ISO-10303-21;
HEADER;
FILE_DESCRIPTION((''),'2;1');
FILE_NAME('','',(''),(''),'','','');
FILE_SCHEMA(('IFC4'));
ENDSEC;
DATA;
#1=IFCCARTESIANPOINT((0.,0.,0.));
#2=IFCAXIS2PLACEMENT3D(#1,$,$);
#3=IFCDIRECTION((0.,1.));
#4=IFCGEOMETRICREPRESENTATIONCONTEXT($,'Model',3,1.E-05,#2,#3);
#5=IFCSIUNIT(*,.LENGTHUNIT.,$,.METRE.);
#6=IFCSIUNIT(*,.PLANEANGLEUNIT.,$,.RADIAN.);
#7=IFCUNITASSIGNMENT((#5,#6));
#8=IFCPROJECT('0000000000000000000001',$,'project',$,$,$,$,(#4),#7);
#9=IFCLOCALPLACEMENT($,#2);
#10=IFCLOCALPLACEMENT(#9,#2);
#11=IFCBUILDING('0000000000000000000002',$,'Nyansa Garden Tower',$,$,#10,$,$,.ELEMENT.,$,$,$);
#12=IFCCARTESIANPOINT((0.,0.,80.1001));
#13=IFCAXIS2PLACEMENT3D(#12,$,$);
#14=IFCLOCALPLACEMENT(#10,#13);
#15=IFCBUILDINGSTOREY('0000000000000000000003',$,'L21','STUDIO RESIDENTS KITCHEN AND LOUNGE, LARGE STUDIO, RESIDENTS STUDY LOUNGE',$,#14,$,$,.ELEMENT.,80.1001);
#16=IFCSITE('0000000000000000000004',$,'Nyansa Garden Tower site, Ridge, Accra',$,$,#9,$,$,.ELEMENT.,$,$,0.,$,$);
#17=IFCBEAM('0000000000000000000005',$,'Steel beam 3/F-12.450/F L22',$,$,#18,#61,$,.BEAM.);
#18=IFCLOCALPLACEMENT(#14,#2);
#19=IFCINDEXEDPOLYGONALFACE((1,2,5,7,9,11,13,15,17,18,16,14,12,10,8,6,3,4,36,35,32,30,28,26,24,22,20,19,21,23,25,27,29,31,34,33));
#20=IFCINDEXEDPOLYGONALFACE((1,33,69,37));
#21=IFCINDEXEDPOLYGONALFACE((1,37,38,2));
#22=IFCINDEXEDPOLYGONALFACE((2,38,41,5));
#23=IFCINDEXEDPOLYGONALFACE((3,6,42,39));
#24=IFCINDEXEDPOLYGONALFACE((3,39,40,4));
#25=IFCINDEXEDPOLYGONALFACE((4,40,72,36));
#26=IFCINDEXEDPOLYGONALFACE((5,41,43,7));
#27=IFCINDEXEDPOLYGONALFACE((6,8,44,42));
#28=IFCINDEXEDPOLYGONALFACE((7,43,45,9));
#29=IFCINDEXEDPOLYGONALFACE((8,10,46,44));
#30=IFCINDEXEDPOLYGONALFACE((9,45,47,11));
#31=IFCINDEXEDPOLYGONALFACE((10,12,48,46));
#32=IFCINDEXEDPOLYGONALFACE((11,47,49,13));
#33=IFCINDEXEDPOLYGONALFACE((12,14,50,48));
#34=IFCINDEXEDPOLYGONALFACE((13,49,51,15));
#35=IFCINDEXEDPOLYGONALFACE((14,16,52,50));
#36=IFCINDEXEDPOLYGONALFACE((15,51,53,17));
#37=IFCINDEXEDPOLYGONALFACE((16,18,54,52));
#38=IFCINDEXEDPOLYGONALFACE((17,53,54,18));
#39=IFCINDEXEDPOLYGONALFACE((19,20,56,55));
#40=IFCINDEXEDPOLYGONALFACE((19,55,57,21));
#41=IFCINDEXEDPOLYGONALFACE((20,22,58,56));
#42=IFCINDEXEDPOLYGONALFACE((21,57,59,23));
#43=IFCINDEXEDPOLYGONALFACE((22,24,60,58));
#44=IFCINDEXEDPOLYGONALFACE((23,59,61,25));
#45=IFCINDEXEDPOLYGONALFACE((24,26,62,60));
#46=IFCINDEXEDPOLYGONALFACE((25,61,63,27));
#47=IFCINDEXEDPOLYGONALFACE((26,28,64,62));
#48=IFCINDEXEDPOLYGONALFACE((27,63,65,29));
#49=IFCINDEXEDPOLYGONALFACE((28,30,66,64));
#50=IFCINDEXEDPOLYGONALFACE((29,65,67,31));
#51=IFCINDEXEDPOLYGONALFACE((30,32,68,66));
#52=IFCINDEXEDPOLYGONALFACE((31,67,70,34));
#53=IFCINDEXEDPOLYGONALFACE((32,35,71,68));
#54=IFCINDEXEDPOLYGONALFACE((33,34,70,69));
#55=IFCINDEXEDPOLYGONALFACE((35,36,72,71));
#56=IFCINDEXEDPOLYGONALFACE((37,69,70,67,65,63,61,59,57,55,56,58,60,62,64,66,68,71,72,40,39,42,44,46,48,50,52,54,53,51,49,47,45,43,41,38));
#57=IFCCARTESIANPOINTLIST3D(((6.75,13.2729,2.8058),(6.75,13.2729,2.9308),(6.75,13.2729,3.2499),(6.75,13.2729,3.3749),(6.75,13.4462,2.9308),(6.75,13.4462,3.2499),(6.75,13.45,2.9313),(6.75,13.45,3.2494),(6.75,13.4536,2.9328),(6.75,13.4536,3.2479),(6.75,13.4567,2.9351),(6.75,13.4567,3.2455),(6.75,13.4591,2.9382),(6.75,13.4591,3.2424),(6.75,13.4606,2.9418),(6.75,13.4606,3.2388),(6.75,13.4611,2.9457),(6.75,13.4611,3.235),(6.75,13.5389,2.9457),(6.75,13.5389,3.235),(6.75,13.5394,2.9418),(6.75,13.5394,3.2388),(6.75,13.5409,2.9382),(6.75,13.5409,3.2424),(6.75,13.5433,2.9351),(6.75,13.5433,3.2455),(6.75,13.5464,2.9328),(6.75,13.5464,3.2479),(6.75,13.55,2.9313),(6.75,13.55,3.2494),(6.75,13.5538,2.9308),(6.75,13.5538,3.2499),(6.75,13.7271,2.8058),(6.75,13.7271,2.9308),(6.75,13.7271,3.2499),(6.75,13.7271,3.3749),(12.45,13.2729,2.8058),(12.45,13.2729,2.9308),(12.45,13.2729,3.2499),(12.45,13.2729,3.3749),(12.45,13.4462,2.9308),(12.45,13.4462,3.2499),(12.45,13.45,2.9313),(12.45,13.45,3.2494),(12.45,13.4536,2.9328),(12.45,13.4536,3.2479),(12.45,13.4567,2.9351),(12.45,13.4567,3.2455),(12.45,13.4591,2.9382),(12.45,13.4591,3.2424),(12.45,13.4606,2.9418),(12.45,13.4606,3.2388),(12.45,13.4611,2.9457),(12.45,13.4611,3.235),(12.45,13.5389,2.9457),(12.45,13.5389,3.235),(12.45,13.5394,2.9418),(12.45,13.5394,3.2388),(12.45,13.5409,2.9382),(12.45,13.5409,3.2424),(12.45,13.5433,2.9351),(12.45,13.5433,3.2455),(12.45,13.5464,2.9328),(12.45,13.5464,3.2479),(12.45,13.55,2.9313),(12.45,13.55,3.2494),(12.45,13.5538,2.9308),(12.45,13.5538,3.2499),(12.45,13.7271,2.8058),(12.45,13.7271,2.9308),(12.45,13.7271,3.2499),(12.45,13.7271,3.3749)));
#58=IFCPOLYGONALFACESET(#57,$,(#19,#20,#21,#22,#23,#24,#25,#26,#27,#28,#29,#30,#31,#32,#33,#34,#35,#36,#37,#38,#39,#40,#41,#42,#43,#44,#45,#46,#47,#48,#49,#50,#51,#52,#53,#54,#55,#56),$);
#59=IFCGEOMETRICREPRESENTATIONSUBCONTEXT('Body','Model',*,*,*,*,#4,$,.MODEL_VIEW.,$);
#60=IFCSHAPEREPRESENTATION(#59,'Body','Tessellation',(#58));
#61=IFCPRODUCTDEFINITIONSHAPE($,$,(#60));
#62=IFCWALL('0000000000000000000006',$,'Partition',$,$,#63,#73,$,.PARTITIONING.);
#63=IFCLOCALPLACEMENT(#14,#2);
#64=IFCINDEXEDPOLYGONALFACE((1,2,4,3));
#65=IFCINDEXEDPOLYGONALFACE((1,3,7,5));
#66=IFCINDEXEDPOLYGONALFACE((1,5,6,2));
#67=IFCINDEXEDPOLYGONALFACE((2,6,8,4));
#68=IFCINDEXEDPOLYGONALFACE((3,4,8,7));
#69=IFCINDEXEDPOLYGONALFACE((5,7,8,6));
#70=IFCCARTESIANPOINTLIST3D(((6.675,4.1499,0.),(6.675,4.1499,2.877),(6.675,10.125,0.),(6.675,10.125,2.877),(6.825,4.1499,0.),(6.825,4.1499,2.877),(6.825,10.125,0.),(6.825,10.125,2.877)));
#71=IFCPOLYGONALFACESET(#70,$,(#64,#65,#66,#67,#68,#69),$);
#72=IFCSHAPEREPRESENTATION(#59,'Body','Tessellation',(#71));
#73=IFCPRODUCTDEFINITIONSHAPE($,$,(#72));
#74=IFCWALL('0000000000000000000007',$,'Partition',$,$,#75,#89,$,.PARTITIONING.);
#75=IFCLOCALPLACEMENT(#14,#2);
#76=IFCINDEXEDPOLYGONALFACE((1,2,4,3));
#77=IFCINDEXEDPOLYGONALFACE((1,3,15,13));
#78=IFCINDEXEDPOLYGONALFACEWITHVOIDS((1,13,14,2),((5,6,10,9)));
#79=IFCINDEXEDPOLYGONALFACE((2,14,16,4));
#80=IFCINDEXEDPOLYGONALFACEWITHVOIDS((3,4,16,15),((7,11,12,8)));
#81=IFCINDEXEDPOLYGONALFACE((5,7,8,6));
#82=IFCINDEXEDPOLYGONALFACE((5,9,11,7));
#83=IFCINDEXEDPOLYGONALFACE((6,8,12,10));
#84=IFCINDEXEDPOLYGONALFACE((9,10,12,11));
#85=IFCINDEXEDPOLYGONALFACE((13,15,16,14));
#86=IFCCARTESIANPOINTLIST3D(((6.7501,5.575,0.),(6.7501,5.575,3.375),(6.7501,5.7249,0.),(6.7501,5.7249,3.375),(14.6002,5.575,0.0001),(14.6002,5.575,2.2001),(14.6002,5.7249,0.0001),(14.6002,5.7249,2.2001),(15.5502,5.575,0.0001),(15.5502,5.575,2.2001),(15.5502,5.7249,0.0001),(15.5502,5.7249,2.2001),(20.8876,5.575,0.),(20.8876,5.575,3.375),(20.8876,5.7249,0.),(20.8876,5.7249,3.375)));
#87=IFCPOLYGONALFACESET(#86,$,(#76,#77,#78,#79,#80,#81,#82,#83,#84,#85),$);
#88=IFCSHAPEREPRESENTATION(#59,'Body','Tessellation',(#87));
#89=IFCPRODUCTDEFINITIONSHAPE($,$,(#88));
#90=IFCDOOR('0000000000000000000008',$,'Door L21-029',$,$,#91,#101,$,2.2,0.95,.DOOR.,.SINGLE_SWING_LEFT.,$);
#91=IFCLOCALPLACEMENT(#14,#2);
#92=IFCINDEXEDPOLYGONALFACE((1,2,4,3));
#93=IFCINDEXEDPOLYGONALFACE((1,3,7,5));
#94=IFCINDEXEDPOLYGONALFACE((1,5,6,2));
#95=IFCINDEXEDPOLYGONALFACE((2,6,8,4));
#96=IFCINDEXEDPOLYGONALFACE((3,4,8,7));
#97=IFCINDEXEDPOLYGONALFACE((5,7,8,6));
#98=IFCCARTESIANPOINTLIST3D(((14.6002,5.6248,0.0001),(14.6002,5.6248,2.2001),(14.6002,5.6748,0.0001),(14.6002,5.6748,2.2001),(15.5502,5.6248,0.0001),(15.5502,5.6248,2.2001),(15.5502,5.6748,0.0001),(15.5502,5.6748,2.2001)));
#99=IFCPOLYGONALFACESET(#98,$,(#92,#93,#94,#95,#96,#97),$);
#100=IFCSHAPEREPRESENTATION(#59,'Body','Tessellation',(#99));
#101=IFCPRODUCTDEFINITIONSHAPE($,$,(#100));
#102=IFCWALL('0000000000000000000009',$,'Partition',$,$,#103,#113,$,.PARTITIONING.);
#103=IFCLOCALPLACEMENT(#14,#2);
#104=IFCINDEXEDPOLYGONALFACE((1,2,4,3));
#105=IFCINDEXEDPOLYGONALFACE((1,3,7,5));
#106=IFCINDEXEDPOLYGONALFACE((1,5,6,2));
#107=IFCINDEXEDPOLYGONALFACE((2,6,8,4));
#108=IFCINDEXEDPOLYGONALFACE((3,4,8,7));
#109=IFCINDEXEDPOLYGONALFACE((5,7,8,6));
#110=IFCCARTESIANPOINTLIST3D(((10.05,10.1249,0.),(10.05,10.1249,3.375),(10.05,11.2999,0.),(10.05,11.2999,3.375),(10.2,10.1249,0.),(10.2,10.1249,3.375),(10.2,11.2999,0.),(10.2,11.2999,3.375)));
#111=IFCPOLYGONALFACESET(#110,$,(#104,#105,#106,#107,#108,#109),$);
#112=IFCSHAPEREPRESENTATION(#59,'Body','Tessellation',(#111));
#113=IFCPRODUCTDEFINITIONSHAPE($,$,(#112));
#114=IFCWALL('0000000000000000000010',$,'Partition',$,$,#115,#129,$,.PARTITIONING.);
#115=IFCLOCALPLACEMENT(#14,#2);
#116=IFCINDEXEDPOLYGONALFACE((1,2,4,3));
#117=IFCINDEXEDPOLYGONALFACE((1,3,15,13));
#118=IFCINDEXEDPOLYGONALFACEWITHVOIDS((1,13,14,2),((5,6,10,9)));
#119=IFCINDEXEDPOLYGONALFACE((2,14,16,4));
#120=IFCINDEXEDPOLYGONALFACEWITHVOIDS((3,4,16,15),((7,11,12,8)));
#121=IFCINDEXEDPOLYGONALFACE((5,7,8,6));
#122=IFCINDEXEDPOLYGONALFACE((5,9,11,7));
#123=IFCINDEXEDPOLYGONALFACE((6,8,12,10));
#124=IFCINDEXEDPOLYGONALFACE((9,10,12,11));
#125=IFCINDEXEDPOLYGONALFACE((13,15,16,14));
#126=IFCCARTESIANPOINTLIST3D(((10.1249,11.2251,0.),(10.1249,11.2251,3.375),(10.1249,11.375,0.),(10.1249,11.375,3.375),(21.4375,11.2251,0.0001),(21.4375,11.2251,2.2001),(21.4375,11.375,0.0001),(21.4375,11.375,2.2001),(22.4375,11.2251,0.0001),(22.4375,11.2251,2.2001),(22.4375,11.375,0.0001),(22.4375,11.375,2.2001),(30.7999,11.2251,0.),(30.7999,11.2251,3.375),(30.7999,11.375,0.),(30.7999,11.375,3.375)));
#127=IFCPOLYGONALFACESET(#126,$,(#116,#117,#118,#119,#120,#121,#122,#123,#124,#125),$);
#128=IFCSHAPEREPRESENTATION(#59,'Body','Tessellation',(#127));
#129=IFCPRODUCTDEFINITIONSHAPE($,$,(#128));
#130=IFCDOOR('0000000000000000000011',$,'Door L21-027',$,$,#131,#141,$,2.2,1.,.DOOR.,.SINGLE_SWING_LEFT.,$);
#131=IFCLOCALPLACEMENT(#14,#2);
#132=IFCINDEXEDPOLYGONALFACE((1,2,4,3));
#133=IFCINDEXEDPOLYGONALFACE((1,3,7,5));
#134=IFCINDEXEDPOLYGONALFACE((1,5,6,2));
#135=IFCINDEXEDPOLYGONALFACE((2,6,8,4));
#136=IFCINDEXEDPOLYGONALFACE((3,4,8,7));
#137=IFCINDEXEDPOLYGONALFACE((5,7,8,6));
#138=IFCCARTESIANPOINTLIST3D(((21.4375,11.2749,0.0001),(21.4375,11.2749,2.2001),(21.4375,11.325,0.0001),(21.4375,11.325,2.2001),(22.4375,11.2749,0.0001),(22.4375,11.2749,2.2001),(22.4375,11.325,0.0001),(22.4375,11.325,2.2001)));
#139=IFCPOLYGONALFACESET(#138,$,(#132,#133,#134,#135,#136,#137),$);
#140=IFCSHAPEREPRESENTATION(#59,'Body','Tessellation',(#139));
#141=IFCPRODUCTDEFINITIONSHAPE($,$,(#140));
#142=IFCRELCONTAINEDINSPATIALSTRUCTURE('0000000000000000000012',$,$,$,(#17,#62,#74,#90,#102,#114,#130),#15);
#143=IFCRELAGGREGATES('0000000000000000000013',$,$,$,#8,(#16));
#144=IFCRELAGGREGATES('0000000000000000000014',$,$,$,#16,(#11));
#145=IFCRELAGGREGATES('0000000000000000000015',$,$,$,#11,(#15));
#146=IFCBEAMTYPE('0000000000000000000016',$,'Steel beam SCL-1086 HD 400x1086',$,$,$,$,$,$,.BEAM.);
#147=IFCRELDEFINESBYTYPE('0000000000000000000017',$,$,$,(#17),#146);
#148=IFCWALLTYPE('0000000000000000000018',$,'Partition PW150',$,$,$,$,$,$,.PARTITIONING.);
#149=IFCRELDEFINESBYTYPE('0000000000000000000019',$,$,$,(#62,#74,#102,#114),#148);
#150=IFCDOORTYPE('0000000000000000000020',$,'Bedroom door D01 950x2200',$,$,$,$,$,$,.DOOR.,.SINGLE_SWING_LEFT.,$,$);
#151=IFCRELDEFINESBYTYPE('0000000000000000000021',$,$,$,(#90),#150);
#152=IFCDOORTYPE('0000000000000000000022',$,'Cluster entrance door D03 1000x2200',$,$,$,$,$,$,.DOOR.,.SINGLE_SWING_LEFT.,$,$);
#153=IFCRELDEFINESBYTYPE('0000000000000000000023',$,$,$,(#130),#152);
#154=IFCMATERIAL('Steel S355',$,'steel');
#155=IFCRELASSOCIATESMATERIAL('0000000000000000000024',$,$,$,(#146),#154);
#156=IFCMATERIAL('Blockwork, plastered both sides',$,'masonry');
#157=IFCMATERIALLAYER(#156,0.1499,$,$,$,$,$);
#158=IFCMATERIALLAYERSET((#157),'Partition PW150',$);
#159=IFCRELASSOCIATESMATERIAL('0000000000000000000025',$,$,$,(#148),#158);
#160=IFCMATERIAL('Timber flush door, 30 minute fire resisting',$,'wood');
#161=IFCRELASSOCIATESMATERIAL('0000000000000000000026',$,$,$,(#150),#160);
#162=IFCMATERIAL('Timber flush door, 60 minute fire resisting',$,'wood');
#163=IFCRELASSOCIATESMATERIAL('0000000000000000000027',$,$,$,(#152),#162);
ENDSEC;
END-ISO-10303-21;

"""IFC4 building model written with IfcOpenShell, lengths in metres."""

from ifc_helpers import new_model, si_unit, direction, frame, frame_2d, origin, origin_2d, place, context, subcontext, project, spatial, rectangle, i_section, extrude, material, layer, layer_set, material_profile, profile_set, type_object, element, fill, save


model = new_model("IFC4")

# Units and contexts
model_context = context("Model", 3, precision=1e-05, world=origin(), true_north=direction((0.0, 1.0)))
body_context = subcontext(model_context, "Body", "Model", "MODEL_VIEW")
ifc_project = project(units=[si_unit("LENGTHUNIT", "METRE"), si_unit("PLANEANGLEUNIT", "RADIAN")], contexts=[model_context])

# Site, building, storey
site_placement = place(None, origin())
site = spatial("IfcSite", under=ifc_project, at=site_placement, Name="Nyansa Garden Tower site, Ridge, Accra", CompositionType="ELEMENT", RefElevation=0.0)
building_placement = place(site_placement, origin())
building = spatial("IfcBuilding", under=site, at=building_placement, Name="Nyansa Garden Tower", CompositionType="ELEMENT")
storey_placement = place(building_placement, frame((0.0, 0.0, 80.1001)))
storey = spatial("IfcBuildingStorey", under=building, at=storey_placement, Name="L21", Description="STUDIO RESIDENTS KITCHEN AND LOUNGE, LARGE STUDIO, RESIDENTS STUDY LOUNGE", CompositionType="ELEMENT", Elevation=80.1001)

# Beam
ifc_material_1 = material(Name="Steel S355", Category="steel")
ifc_material_profile_1 = material_profile(ifc_material_1, i_section(OverallWidth=0.4541, OverallDepth=0.5691, WebThickness=0.0779, FlangeThickness=0.125, FilletRadius=0.0149, at=origin_2d()), Name="HD 400x1086")
ifc_profile_set_1 = profile_set([ifc_material_profile_1], Name="Steel S355")
beam_type_1 = type_object("IfcBeamType", Name="Steel beam SCL-1086 HD 400x1086", PredefinedType="BEAM", material=ifc_profile_set_1)
beam_placement = place(storey_placement, frame((6.75, 13.5, 3.0903), z_axis=(1.0, 0.0, 0.0), x_axis=(0.0, 1.0, 0.0)))
element("IfcBeam", 1, at=beam_placement, inside=storey, type_object=beam_type_1, Name="Steel beam 3/F-12.450/F L22", PredefinedType="BEAM", context=body_context, shape_type="SweptSolid", body=[
    extrude(i_section(OverallWidth=0.4541, OverallDepth=0.5691, WebThickness=0.0779, FlangeThickness=0.125, FilletRadius=0.0149, at=origin_2d()), origin(), (0.0, 0.0, 1.0), 5.7),
])

# Wall
ifc_material_2 = material(Name="Blockwork, plastered both sides", Category="masonry")
ifc_layer_1 = layer(ifc_material_2, 0.1499)
ifc_layer_set_1 = layer_set([ifc_layer_1], Name="Partition PW150")
wall_type_1 = type_object("IfcWallType", Name="Partition PW150", PredefinedType="PARTITIONING", material=ifc_layer_set_1)
wall_1_placement = place(storey_placement, frame((6.75, 4.1499, 0.0), z_axis=(0.0, 0.0, 1.0), x_axis=(0.0, 1.0, 0.0)))
element("IfcWall", 2, at=wall_1_placement, inside=storey, type_object=wall_type_1, Name="Partition", PredefinedType="PARTITIONING", context=body_context, shape_type="SweptSolid", body=[
    extrude(rectangle(XDim=5.9751, YDim=0.1499, at=frame_2d((2.9875, 0.0))), origin(), (0.0, 0.0, 1.0), 2.877),
])

# Wall, opening, door
wall_2_placement = place(storey_placement, frame((6.75, 5.6499, 0.0), z_axis=(0.0, 0.0, 1.0), x_axis=(1.0, 0.0, 0.0)))
wall_2 = element("IfcWall", 3, at=wall_2_placement, inside=storey, type_object=wall_type_1, Name="Partition", PredefinedType="PARTITIONING", context=body_context, shape_type="SweptSolid", body=[
    extrude(rectangle(XDim=14.1375, YDim=0.1499, at=frame_2d((7.0688, 0.0))), origin(), (0.0, 0.0, 1.0), 3.375),
])
opening_1_placement = place(wall_2_placement, frame((7.8501, 0.0, 0.0)))
opening_1 = element("IfcOpeningElement", 4, at=opening_1_placement, cuts=wall_2, PredefinedType="OPENING", context=body_context, shape_type="SweptSolid", body=[
    extrude(rectangle(XDim=0.95, YDim=2.2, at=frame_2d((0.4751, 1.1001))), frame((0.0, 0.085, 0.0), z_axis=(0.0, -1.0, 0.0), x_axis=(1.0, 0.0, 0.0)), (0.0, 0.0, 1.0), 0.1699),
])
ifc_material_3 = material(Name="Timber flush door, 30 minute fire resisting", Category="wood")
door_type_1 = type_object("IfcDoorType", Name="Bedroom door D01 950x2200", OperationType="SINGLE_SWING_LEFT", PredefinedType="DOOR", material=ifc_material_3)
door_1_placement = place(opening_1_placement, origin())
door_1 = element("IfcDoor", 5, at=door_1_placement, inside=storey, type_object=door_type_1, Name="Door L21-029", OperationType="SINGLE_SWING_LEFT", OverallHeight=2.2, OverallWidth=0.95, PredefinedType="DOOR", context=body_context, shape_type="SweptSolid", body=[
    extrude(rectangle(XDim=0.95, YDim=2.2, at=frame_2d((0.4751, 1.1001))), frame((0.0, 0.0249, 0.0), z_axis=(0.0, -1.0, 0.0), x_axis=(1.0, 0.0, 0.0)), (0.0, 0.0, 1.0), 0.05),
])
fill(opening_1, door_1)

# Wall
wall_3_placement = place(storey_placement, frame((10.125, 10.125, 0.0), z_axis=(0.0, 0.0, 1.0), x_axis=(0.0, 1.0, 0.0)))
element("IfcWall", 6, at=wall_3_placement, inside=storey, type_object=wall_type_1, Name="Partition", PredefinedType="PARTITIONING", context=body_context, shape_type="SweptSolid", body=[
    extrude(rectangle(XDim=1.175, YDim=0.1499, at=frame_2d((0.5874, 0.0))), origin(), (0.0, 0.0, 1.0), 3.375),
])

# Wall, opening, door
wall_4_placement = place(storey_placement, frame((10.125, 11.3, 0.0), z_axis=(0.0, 0.0, 1.0), x_axis=(1.0, 0.0, 0.0)))
wall_4 = element("IfcWall", 7, at=wall_4_placement, inside=storey, type_object=wall_type_1, Name="Partition", PredefinedType="PARTITIONING", context=body_context, shape_type="SweptSolid", body=[
    extrude(rectangle(XDim=20.675, YDim=0.1499, at=frame_2d((10.3374, 0.0))), origin(), (0.0, 0.0, 1.0), 3.375),
])
opening_2_placement = place(wall_4_placement, frame((11.3125, 0.0, 0.0)))
opening_2 = element("IfcOpeningElement", 8, at=opening_2_placement, cuts=wall_4, PredefinedType="OPENING", context=body_context, shape_type="SweptSolid", body=[
    extrude(rectangle(XDim=1.0, YDim=2.2, at=frame_2d((0.5, 1.1001))), frame((0.0, 0.085, 0.0), z_axis=(0.0, -1.0, 0.0), x_axis=(1.0, 0.0, 0.0)), (0.0, 0.0, 1.0), 0.1699),
])
ifc_material_4 = material(Name="Timber flush door, 60 minute fire resisting", Category="wood")
door_type_2 = type_object("IfcDoorType", Name="Cluster entrance door D03 1000x2200", OperationType="SINGLE_SWING_LEFT", PredefinedType="DOOR", material=ifc_material_4)
door_2_placement = place(opening_2_placement, origin())
door_2 = element("IfcDoor", 9, at=door_2_placement, inside=storey, type_object=door_type_2, Name="Door L21-027", OperationType="SINGLE_SWING_LEFT", OverallHeight=2.2, OverallWidth=1.0, PredefinedType="DOOR", context=body_context, shape_type="SweptSolid", body=[
    extrude(rectangle(XDim=1.0, YDim=2.2, at=frame_2d((0.5, 1.1001))), frame((0.0, 0.0249, 0.0), z_axis=(0.0, -1.0, 0.0), x_axis=(1.0, 0.0, 0.0)), (0.0, 0.0, 1.0), 0.05),
])
fill(opening_2, door_2)

save(model, "model.ifc")
